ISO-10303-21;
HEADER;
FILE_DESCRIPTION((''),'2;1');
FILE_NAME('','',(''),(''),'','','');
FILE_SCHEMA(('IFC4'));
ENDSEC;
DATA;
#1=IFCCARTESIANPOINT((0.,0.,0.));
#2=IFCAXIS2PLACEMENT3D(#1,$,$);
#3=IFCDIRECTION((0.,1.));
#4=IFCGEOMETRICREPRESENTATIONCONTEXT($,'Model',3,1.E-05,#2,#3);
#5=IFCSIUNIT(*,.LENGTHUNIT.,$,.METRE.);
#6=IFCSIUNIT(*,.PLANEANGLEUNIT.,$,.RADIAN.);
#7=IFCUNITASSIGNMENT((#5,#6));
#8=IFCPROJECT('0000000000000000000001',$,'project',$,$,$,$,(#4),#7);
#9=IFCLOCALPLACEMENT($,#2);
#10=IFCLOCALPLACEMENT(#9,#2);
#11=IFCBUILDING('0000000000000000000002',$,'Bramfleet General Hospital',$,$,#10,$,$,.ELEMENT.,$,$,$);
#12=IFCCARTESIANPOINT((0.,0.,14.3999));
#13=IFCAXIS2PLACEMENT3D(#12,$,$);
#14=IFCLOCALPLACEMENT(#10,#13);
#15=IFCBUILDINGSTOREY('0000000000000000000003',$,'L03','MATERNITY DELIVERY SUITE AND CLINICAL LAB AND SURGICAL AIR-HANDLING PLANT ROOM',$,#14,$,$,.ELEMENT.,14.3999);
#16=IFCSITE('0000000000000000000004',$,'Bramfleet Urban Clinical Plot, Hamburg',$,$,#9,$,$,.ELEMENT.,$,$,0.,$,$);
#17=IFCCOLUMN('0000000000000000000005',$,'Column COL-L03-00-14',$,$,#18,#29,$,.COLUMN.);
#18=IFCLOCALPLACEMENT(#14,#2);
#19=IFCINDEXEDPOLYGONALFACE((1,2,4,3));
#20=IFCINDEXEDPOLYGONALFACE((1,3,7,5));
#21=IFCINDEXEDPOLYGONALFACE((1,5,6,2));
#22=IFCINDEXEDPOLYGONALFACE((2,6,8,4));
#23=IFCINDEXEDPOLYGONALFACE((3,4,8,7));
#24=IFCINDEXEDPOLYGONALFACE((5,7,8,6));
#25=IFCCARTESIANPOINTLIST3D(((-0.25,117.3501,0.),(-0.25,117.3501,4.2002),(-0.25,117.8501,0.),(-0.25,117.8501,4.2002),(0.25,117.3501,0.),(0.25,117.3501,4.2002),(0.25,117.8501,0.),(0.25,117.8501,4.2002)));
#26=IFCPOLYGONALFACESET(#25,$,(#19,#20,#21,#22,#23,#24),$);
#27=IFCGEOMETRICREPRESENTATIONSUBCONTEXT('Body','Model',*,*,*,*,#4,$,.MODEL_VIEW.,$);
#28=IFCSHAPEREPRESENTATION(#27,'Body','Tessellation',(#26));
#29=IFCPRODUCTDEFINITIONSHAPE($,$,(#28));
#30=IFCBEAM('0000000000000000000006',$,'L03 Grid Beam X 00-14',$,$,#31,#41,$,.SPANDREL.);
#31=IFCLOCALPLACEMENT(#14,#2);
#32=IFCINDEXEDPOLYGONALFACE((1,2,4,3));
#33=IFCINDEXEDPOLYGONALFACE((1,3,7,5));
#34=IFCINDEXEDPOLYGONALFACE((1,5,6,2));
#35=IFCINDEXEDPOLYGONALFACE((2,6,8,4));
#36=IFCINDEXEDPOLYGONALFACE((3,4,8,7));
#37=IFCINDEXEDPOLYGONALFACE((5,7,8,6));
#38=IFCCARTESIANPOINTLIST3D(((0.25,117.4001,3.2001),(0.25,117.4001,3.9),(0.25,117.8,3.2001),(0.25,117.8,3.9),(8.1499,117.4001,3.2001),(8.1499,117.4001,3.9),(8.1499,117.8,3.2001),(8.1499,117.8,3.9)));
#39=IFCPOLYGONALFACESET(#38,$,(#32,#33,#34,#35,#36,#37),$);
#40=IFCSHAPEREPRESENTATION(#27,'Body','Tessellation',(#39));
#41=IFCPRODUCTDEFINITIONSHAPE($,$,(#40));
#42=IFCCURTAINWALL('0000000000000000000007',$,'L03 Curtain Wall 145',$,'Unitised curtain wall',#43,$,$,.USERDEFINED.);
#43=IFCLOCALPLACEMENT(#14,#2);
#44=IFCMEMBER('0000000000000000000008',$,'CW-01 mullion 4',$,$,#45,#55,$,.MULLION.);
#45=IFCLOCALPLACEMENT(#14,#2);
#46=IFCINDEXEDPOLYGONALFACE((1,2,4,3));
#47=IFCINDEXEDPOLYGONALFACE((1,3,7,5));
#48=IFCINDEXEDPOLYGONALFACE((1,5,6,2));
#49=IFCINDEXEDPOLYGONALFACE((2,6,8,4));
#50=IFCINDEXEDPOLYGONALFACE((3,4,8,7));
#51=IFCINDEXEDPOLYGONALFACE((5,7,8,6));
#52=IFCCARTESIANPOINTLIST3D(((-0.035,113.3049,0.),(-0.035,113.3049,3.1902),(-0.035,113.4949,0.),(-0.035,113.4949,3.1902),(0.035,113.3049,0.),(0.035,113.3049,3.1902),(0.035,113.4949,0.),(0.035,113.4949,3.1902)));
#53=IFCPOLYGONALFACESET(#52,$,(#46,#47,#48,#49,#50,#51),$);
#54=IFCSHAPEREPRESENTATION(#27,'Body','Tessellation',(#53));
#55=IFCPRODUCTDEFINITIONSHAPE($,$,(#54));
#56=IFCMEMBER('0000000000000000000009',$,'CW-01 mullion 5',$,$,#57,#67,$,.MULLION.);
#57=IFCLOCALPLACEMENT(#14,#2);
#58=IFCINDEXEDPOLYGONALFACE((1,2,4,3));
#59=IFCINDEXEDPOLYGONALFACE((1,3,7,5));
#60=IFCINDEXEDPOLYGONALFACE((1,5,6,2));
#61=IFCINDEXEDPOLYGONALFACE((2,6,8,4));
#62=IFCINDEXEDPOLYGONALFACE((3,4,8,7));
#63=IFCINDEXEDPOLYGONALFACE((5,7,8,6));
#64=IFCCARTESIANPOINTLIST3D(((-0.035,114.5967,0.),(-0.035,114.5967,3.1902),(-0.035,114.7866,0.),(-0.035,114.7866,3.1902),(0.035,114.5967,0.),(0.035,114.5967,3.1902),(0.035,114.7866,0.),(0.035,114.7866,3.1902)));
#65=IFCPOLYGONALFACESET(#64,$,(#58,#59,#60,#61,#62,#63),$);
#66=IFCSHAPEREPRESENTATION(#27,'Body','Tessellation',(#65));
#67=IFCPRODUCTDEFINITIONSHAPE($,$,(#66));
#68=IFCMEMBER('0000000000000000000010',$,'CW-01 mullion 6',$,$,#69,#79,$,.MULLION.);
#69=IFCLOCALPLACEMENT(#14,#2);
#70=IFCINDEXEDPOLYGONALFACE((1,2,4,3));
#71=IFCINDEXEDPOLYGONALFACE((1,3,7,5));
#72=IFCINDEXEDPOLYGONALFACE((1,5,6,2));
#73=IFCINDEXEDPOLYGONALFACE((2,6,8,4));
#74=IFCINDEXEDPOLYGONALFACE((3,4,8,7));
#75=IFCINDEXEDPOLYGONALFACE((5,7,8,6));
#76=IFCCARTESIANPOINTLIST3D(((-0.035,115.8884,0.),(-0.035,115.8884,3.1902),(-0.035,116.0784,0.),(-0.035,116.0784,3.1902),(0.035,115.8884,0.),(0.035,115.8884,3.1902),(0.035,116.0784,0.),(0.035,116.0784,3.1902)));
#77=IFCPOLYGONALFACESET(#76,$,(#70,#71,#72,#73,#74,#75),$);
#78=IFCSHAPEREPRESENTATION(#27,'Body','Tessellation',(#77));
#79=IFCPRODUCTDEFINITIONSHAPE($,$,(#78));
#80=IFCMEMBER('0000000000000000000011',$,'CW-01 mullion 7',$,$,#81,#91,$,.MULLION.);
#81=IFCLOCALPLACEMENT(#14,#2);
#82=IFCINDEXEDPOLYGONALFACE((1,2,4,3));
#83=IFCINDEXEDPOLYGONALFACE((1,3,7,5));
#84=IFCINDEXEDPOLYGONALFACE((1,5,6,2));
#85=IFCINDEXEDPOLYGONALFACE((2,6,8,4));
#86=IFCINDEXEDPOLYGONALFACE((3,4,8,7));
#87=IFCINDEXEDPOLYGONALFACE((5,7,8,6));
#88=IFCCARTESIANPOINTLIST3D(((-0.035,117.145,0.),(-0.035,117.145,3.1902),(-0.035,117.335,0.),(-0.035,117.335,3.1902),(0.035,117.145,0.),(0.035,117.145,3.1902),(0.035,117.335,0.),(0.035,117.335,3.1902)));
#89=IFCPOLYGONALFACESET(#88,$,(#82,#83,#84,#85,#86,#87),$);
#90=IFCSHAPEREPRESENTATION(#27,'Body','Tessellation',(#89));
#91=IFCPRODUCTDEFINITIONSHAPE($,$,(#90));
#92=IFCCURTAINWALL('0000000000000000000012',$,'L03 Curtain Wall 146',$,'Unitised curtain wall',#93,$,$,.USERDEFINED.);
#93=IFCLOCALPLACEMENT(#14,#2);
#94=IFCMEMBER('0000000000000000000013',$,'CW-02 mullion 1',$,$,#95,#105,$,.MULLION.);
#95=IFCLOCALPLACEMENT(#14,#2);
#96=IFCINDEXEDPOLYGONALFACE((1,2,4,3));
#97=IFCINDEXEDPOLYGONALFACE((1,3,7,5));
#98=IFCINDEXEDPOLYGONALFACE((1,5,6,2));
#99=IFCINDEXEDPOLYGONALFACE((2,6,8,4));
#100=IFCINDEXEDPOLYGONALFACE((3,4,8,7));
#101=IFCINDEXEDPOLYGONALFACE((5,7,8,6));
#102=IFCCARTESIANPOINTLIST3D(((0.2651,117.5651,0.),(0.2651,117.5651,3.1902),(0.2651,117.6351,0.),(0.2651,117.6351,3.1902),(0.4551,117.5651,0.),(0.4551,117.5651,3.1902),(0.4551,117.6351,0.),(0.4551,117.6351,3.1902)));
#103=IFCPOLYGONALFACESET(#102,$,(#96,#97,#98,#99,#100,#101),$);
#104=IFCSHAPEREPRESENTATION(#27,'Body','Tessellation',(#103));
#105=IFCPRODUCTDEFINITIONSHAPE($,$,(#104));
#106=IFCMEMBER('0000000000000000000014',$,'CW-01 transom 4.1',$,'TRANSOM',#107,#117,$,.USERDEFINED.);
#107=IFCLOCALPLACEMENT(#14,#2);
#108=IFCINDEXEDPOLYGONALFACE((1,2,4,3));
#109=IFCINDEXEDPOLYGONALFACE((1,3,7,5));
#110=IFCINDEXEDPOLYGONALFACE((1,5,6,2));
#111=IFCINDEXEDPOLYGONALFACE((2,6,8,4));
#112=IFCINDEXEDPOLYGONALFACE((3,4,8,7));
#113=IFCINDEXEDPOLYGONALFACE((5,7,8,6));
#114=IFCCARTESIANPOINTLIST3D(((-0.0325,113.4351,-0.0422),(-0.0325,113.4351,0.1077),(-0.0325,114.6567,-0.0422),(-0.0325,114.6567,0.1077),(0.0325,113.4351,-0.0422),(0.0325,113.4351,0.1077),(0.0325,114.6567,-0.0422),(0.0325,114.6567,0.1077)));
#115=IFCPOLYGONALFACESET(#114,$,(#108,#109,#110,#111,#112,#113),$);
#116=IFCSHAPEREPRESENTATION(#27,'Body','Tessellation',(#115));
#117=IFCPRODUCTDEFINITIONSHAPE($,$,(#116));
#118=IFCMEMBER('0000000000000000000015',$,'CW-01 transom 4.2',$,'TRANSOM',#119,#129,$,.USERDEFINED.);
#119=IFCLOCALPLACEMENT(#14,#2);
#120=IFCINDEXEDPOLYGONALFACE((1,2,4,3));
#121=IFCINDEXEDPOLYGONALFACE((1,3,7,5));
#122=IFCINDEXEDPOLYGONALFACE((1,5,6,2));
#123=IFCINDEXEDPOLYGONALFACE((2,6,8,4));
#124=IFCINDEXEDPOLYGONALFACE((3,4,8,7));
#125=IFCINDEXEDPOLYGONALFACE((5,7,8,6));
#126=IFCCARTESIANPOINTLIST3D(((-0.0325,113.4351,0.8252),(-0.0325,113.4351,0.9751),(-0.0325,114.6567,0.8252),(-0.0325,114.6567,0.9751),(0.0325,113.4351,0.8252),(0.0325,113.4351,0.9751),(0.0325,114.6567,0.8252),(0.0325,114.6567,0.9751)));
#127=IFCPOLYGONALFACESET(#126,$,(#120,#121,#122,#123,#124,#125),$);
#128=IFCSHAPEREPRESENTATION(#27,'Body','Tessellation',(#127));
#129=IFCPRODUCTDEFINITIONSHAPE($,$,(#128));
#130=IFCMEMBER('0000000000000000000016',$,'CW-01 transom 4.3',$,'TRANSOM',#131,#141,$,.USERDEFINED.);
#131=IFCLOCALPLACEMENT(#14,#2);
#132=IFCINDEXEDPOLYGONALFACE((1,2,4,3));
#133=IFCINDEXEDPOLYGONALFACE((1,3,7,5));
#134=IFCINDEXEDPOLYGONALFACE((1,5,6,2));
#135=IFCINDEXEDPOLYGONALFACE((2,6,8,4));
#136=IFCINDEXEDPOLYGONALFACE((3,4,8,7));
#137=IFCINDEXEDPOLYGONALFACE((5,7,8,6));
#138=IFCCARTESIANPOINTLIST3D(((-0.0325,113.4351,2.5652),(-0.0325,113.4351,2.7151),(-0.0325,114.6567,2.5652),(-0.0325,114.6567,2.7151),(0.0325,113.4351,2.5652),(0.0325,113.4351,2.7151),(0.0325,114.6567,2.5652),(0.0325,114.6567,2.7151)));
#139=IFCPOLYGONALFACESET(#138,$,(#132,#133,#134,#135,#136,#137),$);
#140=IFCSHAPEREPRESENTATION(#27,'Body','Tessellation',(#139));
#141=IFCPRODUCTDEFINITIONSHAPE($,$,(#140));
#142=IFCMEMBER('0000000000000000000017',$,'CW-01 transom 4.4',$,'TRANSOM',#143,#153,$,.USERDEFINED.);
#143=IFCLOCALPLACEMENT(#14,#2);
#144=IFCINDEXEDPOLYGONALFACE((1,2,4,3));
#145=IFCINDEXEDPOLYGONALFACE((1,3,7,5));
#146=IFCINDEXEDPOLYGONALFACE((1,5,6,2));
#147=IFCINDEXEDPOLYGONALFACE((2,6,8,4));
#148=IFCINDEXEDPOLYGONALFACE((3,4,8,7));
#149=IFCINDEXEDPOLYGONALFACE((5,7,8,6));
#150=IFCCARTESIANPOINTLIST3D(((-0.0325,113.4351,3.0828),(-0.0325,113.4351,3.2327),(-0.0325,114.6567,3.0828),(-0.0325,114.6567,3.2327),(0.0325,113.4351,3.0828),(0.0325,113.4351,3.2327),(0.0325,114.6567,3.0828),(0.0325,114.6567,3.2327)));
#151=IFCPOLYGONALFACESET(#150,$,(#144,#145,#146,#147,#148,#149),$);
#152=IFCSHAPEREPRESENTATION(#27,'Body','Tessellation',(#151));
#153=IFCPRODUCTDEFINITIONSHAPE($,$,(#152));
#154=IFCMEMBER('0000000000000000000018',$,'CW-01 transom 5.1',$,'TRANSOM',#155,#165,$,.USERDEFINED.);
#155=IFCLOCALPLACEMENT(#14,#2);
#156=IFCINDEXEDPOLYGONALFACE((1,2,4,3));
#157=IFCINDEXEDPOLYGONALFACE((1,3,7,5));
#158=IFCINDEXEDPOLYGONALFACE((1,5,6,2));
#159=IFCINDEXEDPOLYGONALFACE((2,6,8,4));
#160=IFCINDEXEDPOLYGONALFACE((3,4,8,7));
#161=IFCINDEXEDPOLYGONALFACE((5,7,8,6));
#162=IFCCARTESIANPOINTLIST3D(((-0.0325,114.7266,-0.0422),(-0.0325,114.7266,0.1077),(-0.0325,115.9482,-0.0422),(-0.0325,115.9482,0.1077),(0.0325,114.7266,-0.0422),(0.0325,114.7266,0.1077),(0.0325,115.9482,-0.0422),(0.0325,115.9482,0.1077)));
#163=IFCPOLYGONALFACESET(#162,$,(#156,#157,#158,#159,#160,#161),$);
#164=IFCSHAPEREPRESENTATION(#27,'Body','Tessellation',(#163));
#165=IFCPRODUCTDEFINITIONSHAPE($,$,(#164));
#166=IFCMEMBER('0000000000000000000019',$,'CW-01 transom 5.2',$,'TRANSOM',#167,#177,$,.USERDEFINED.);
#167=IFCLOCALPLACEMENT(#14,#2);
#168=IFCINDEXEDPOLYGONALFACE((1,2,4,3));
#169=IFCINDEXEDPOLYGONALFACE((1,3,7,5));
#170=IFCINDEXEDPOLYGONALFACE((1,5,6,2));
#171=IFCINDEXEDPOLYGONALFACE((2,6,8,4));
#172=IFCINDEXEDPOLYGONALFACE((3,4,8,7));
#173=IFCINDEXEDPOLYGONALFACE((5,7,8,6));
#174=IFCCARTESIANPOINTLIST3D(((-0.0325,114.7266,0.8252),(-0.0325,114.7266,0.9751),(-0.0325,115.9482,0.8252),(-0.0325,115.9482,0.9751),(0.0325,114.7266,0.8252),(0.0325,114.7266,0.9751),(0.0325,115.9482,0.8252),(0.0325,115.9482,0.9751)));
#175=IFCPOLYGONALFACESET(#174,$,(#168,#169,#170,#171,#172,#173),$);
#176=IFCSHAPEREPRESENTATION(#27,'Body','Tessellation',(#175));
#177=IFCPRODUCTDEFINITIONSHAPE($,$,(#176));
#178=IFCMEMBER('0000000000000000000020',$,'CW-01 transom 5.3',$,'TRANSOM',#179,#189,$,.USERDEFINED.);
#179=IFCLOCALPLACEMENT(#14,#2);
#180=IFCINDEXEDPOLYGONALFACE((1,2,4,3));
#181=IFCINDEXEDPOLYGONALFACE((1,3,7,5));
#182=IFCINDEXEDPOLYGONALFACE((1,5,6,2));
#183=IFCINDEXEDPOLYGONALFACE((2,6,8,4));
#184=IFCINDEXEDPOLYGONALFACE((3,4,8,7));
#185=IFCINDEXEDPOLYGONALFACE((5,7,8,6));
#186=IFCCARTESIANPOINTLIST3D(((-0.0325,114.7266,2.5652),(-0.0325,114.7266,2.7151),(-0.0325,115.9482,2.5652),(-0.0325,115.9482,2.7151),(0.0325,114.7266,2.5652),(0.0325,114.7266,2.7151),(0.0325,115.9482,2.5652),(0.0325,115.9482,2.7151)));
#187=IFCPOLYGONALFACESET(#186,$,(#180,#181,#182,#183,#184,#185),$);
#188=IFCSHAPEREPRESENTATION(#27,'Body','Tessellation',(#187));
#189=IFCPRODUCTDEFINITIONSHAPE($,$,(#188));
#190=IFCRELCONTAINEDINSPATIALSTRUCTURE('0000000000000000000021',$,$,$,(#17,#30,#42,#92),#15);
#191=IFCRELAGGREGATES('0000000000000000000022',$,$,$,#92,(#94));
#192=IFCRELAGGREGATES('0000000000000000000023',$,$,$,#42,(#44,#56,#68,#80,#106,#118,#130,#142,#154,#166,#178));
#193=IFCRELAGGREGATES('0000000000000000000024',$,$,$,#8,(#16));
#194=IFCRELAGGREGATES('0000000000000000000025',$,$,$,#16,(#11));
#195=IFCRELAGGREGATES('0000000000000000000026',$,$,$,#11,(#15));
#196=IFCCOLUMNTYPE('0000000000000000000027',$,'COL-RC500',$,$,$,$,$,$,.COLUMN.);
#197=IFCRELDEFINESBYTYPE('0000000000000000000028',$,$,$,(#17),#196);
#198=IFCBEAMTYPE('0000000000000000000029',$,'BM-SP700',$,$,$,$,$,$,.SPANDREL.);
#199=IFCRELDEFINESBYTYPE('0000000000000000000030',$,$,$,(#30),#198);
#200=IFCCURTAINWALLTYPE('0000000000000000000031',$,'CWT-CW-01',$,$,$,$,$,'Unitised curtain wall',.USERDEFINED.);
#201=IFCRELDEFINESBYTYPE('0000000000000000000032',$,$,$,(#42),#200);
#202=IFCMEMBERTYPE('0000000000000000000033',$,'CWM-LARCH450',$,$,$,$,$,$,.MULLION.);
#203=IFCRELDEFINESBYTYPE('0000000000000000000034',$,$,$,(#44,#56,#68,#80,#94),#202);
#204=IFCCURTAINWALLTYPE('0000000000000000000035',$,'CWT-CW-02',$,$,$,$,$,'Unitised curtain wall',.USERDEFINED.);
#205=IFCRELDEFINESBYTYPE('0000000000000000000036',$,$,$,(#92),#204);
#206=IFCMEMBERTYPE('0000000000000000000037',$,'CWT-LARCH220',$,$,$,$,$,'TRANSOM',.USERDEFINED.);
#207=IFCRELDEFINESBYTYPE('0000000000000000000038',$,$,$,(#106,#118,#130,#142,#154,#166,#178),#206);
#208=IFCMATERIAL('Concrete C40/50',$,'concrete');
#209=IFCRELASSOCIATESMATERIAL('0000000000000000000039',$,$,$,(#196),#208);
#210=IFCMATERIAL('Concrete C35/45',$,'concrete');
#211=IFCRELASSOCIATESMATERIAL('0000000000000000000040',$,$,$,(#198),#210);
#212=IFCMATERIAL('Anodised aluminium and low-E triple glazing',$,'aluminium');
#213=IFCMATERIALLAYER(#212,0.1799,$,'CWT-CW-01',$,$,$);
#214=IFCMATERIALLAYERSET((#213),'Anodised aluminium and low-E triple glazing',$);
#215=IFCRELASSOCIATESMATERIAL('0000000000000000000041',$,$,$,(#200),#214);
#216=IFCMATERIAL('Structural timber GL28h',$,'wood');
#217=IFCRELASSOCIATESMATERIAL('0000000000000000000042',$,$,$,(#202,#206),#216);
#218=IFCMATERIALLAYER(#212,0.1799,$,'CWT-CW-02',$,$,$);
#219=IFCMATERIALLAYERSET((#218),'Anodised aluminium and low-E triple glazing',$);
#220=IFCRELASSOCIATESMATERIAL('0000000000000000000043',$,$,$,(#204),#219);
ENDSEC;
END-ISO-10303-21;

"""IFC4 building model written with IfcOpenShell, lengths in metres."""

from ifc_helpers import new_model, si_unit, direction, frame, origin, origin_2d, place, context, subcontext, project, spatial, rectangle, extrude, material, layer, layer_set, material_profile, profile_set, type_object, element, aggregate, save


model = new_model("IFC4")

# Units and contexts
model_context = context("Model", 3, precision=1e-05, world=origin(), true_north=direction((0.0, 1.0)))
body_context = subcontext(model_context, "Body", "Model", "MODEL_VIEW")
ifc_project = project(units=[si_unit("LENGTHUNIT", "METRE"), si_unit("PLANEANGLEUNIT", "RADIAN")], contexts=[model_context])

# Site, building, storey
site_placement = place(None, origin())
site = spatial("IfcSite", under=ifc_project, at=site_placement, Name="Bramfleet Urban Clinical Plot, Hamburg", CompositionType="ELEMENT", RefElevation=0.0)
building_placement = place(site_placement, origin())
building = spatial("IfcBuilding", under=site, at=building_placement, Name="Bramfleet General Hospital", CompositionType="ELEMENT")
storey_placement = place(building_placement, frame((0.0, 0.0, 14.3999)))
storey = spatial("IfcBuildingStorey", under=building, at=storey_placement, Name="L03", Description="MATERNITY DELIVERY SUITE AND CLINICAL LAB AND SURGICAL AIR-HANDLING PLANT ROOM", CompositionType="ELEMENT", Elevation=14.3999)

# Column
ifc_material_1 = material(Name="Concrete C40/50", Category="concrete")
ifc_material_profile_1 = material_profile(ifc_material_1, rectangle(XDim=0.5, YDim=0.5, at=origin_2d()), Name="RC COL 500x500")
ifc_profile_set_1 = profile_set([ifc_material_profile_1], Name="Concrete C40/50")
column_type = type_object("IfcColumnType", Name="COL-RC500", PredefinedType="COLUMN", material=ifc_profile_set_1)
column_placement = place(storey_placement, frame((0.0, 117.6001, 0.0), z_axis=(0.0, 0.0, 1.0), x_axis=(1.0, 0.0, 0.0)))
element("IfcColumn", 1, at=column_placement, inside=storey, type_object=column_type, Name="Column COL-L03-00-14", PredefinedType="COLUMN", context=body_context, shape_type="SweptSolid", body=[
    extrude(rectangle(XDim=0.5, YDim=0.5, at=origin_2d()), origin(), (0.0, 0.0, 1.0), 4.2002),
])

# Beam
ifc_material_2 = material(Name="Concrete C35/45", Category="concrete")
ifc_material_profile_2 = material_profile(ifc_material_2, rectangle(XDim=0.3999, YDim=0.7, at=origin_2d()), Name="RC SP 700x400")
ifc_profile_set_2 = profile_set([ifc_material_profile_2], Name="Concrete C35/45")
beam_type = type_object("IfcBeamType", Name="BM-SP700", PredefinedType="SPANDREL", material=ifc_profile_set_2)
beam_placement = place(storey_placement, frame((0.25, 117.6001, 3.55), z_axis=(1.0, 0.0, 0.0), x_axis=(0.0, 1.0, 0.0)))
element("IfcBeam", 2, at=beam_placement, inside=storey, type_object=beam_type, Name="L03 Grid Beam X 00-14", PredefinedType="SPANDREL", context=body_context, shape_type="SweptSolid", body=[
    extrude(rectangle(XDim=0.3999, YDim=0.7, at=origin_2d()), origin(), (0.0, 0.0, 1.0), 7.8999),
])

# Curtain wall, members
ifc_material_3 = material(Name="Anodised aluminium and low-E triple glazing", Category="aluminium")
ifc_layer_1 = layer(ifc_material_3, 0.1799, Name="CWT-CW-01")
ifc_layer_set_1 = layer_set([ifc_layer_1], Name="Anodised aluminium and low-E triple glazing")
curtain_wall_type_1 = type_object("IfcCurtainWallType", Name="CWT-CW-01", ElementType="Unitised curtain wall", PredefinedType="USERDEFINED", material=ifc_layer_set_1)
curtain_wall_1_placement = place(storey_placement, origin())
curtain_wall_1 = element("IfcCurtainWall", 3, at=curtain_wall_1_placement, inside=storey, type_object=curtain_wall_type_1, Name="L03 Curtain Wall 145", ObjectType="Unitised curtain wall", PredefinedType="USERDEFINED")
ifc_material_4 = material(Name="Structural timber GL28h", Category="wood")
ifc_material_profile_3 = material_profile(ifc_material_4, rectangle(XDim=0.0701, YDim=0.1899, at=origin_2d()), Name="LARCH 190x70")
ifc_profile_set_3 = profile_set([ifc_material_profile_3], Name="Structural timber GL28h")
member_type_1 = type_object("IfcMemberType", Name="CWM-LARCH450", PredefinedType="MULLION", material=ifc_profile_set_3)
member_1_placement = place(storey_placement, frame((0.0, 113.3999, 0.0), z_axis=(0.0, 0.0, 1.0), x_axis=(-1.0, 0.0, 0.0)))
member_1 = element("IfcMember", 4, at=member_1_placement, type_object=member_type_1, Name="CW-01 mullion 4", PredefinedType="MULLION", context=body_context, shape_type="SweptSolid", body=[
    extrude(rectangle(XDim=0.0701, YDim=0.1899, at=origin_2d()), origin(), (0.0, 0.0, 1.0), 3.1902),
])
member_2_placement = place(storey_placement, frame((0.0, 114.6917, 0.0), z_axis=(0.0, 0.0, 1.0), x_axis=(-1.0, 0.0, 0.0)))
member_2 = element("IfcMember", 5, at=member_2_placement, type_object=member_type_1, Name="CW-01 mullion 5", PredefinedType="MULLION", context=body_context, shape_type="SweptSolid", body=[
    extrude(rectangle(XDim=0.0701, YDim=0.1899, at=origin_2d()), origin(), (0.0, 0.0, 1.0), 3.1902),
])
member_3_placement = place(storey_placement, frame((0.0, 115.9834, 0.0), z_axis=(0.0, 0.0, 1.0), x_axis=(-1.0, 0.0, 0.0)))
member_3 = element("IfcMember", 6, at=member_3_placement, type_object=member_type_1, Name="CW-01 mullion 6", PredefinedType="MULLION", context=body_context, shape_type="SweptSolid", body=[
    extrude(rectangle(XDim=0.0701, YDim=0.1899, at=origin_2d()), origin(), (0.0, 0.0, 1.0), 3.1902),
])
member_4_placement = place(storey_placement, frame((0.0, 117.24, 0.0), z_axis=(0.0, 0.0, 1.0), x_axis=(-1.0, 0.0, 0.0)))
member_4 = element("IfcMember", 7, at=member_4_placement, type_object=member_type_1, Name="CW-01 mullion 7", PredefinedType="MULLION", context=body_context, shape_type="SweptSolid", body=[
    extrude(rectangle(XDim=0.0701, YDim=0.1899, at=origin_2d()), origin(), (0.0, 0.0, 1.0), 3.1902),
])

# Curtain wall, member
ifc_layer_2 = layer(ifc_material_3, 0.1799, Name="CWT-CW-02")
ifc_layer_set_2 = layer_set([ifc_layer_2], Name="Anodised aluminium and low-E triple glazing")
curtain_wall_type_2 = type_object("IfcCurtainWallType", Name="CWT-CW-02", ElementType="Unitised curtain wall", PredefinedType="USERDEFINED", material=ifc_layer_set_2)
curtain_wall_2_placement = place(storey_placement, origin())
curtain_wall_2 = element("IfcCurtainWall", 8, at=curtain_wall_2_placement, inside=storey, type_object=curtain_wall_type_2, Name="L03 Curtain Wall 146", ObjectType="Unitised curtain wall", PredefinedType="USERDEFINED")
member_5_placement = place(storey_placement, frame((0.3601, 117.6001, 0.0), z_axis=(0.0, 0.0, 1.0), x_axis=(0.0, 1.0, 0.0)))
member_5 = element("IfcMember", 9, at=member_5_placement, type_object=member_type_1, Name="CW-02 mullion 1", PredefinedType="MULLION", context=body_context, shape_type="SweptSolid", body=[
    extrude(rectangle(XDim=0.0701, YDim=0.1899, at=origin_2d()), origin(), (0.0, 0.0, 1.0), 3.1902),
])

# Members
ifc_material_profile_4 = material_profile(ifc_material_4, rectangle(XDim=0.0649, YDim=0.1499, at=origin_2d()), Name="LARCH 150x65")
ifc_profile_set_4 = profile_set([ifc_material_profile_4], Name="Structural timber GL28h")
member_type_2 = type_object("IfcMemberType", Name="CWT-LARCH220", ElementType="TRANSOM", PredefinedType="USERDEFINED", material=ifc_profile_set_4)
member_6_placement = place(storey_placement, frame((0.0, 113.4351, 0.0327), z_axis=(0.0, 1.0, 0.0), x_axis=(-1.0, 0.0, 0.0)))
member_6 = element("IfcMember", 10, at=member_6_placement, type_object=member_type_2, Name="CW-01 transom 4.1", ObjectType="TRANSOM", PredefinedType="USERDEFINED", context=body_context, shape_type="SweptSolid", body=[
    extrude(rectangle(XDim=0.0649, YDim=0.1499, at=origin_2d()), origin(), (0.0, 0.0, 1.0), 1.2217),
])
member_7_placement = place(storey_placement, frame((0.0, 113.4351, 0.9001), z_axis=(0.0, 1.0, 0.0), x_axis=(-1.0, 0.0, 0.0)))
member_7 = element("IfcMember", 11, at=member_7_placement, type_object=member_type_2, Name="CW-01 transom 4.2", ObjectType="TRANSOM", PredefinedType="USERDEFINED", context=body_context, shape_type="SweptSolid", body=[
    extrude(rectangle(XDim=0.0649, YDim=0.1499, at=origin_2d()), origin(), (0.0, 0.0, 1.0), 1.2217),
])
member_8_placement = place(storey_placement, frame((0.0, 113.4351, 2.6401), z_axis=(0.0, 1.0, 0.0), x_axis=(-1.0, 0.0, 0.0)))
member_8 = element("IfcMember", 12, at=member_8_placement, type_object=member_type_2, Name="CW-01 transom 4.3", ObjectType="TRANSOM", PredefinedType="USERDEFINED", context=body_context, shape_type="SweptSolid", body=[
    extrude(rectangle(XDim=0.0649, YDim=0.1499, at=origin_2d()), origin(), (0.0, 0.0, 1.0), 1.2217),
])
member_9_placement = place(storey_placement, frame((0.0, 113.4351, 3.1577), z_axis=(0.0, 1.0, 0.0), x_axis=(-1.0, 0.0, 0.0)))
member_9 = element("IfcMember", 13, at=member_9_placement, type_object=member_type_2, Name="CW-01 transom 4.4", ObjectType="TRANSOM", PredefinedType="USERDEFINED", context=body_context, shape_type="SweptSolid", body=[
    extrude(rectangle(XDim=0.0649, YDim=0.1499, at=origin_2d()), origin(), (0.0, 0.0, 1.0), 1.2217),
])
member_10_placement = place(storey_placement, frame((0.0, 114.7266, 0.0327), z_axis=(0.0, 1.0, 0.0), x_axis=(-1.0, 0.0, 0.0)))
member_10 = element("IfcMember", 14, at=member_10_placement, type_object=member_type_2, Name="CW-01 transom 5.1", ObjectType="TRANSOM", PredefinedType="USERDEFINED", context=body_context, shape_type="SweptSolid", body=[
    extrude(rectangle(XDim=0.0649, YDim=0.1499, at=origin_2d()), origin(), (0.0, 0.0, 1.0), 1.2217),
])
member_11_placement = place(storey_placement, frame((0.0, 114.7266, 0.9001), z_axis=(0.0, 1.0, 0.0), x_axis=(-1.0, 0.0, 0.0)))
member_11 = element("IfcMember", 15, at=member_11_placement, type_object=member_type_2, Name="CW-01 transom 5.2", ObjectType="TRANSOM", PredefinedType="USERDEFINED", context=body_context, shape_type="SweptSolid", body=[
    extrude(rectangle(XDim=0.0649, YDim=0.1499, at=origin_2d()), origin(), (0.0, 0.0, 1.0), 1.2217),
])
member_12_placement = place(storey_placement, frame((0.0, 114.7266, 2.6401), z_axis=(0.0, 1.0, 0.0), x_axis=(-1.0, 0.0, 0.0)))
member_12 = element("IfcMember", 16, at=member_12_placement, type_object=member_type_2, Name="CW-01 transom 5.3", ObjectType="TRANSOM", PredefinedType="USERDEFINED", context=body_context, shape_type="SweptSolid", body=[
    extrude(rectangle(XDim=0.0649, YDim=0.1499, at=origin_2d()), origin(), (0.0, 0.0, 1.0), 1.2217),
])
aggregate(curtain_wall_2, [member_5])

aggregate(curtain_wall_1, [member_1, member_2, member_3, member_4, member_6, member_7, member_8, member_9, member_10, member_11, member_12])

save(model, "model.ifc")
